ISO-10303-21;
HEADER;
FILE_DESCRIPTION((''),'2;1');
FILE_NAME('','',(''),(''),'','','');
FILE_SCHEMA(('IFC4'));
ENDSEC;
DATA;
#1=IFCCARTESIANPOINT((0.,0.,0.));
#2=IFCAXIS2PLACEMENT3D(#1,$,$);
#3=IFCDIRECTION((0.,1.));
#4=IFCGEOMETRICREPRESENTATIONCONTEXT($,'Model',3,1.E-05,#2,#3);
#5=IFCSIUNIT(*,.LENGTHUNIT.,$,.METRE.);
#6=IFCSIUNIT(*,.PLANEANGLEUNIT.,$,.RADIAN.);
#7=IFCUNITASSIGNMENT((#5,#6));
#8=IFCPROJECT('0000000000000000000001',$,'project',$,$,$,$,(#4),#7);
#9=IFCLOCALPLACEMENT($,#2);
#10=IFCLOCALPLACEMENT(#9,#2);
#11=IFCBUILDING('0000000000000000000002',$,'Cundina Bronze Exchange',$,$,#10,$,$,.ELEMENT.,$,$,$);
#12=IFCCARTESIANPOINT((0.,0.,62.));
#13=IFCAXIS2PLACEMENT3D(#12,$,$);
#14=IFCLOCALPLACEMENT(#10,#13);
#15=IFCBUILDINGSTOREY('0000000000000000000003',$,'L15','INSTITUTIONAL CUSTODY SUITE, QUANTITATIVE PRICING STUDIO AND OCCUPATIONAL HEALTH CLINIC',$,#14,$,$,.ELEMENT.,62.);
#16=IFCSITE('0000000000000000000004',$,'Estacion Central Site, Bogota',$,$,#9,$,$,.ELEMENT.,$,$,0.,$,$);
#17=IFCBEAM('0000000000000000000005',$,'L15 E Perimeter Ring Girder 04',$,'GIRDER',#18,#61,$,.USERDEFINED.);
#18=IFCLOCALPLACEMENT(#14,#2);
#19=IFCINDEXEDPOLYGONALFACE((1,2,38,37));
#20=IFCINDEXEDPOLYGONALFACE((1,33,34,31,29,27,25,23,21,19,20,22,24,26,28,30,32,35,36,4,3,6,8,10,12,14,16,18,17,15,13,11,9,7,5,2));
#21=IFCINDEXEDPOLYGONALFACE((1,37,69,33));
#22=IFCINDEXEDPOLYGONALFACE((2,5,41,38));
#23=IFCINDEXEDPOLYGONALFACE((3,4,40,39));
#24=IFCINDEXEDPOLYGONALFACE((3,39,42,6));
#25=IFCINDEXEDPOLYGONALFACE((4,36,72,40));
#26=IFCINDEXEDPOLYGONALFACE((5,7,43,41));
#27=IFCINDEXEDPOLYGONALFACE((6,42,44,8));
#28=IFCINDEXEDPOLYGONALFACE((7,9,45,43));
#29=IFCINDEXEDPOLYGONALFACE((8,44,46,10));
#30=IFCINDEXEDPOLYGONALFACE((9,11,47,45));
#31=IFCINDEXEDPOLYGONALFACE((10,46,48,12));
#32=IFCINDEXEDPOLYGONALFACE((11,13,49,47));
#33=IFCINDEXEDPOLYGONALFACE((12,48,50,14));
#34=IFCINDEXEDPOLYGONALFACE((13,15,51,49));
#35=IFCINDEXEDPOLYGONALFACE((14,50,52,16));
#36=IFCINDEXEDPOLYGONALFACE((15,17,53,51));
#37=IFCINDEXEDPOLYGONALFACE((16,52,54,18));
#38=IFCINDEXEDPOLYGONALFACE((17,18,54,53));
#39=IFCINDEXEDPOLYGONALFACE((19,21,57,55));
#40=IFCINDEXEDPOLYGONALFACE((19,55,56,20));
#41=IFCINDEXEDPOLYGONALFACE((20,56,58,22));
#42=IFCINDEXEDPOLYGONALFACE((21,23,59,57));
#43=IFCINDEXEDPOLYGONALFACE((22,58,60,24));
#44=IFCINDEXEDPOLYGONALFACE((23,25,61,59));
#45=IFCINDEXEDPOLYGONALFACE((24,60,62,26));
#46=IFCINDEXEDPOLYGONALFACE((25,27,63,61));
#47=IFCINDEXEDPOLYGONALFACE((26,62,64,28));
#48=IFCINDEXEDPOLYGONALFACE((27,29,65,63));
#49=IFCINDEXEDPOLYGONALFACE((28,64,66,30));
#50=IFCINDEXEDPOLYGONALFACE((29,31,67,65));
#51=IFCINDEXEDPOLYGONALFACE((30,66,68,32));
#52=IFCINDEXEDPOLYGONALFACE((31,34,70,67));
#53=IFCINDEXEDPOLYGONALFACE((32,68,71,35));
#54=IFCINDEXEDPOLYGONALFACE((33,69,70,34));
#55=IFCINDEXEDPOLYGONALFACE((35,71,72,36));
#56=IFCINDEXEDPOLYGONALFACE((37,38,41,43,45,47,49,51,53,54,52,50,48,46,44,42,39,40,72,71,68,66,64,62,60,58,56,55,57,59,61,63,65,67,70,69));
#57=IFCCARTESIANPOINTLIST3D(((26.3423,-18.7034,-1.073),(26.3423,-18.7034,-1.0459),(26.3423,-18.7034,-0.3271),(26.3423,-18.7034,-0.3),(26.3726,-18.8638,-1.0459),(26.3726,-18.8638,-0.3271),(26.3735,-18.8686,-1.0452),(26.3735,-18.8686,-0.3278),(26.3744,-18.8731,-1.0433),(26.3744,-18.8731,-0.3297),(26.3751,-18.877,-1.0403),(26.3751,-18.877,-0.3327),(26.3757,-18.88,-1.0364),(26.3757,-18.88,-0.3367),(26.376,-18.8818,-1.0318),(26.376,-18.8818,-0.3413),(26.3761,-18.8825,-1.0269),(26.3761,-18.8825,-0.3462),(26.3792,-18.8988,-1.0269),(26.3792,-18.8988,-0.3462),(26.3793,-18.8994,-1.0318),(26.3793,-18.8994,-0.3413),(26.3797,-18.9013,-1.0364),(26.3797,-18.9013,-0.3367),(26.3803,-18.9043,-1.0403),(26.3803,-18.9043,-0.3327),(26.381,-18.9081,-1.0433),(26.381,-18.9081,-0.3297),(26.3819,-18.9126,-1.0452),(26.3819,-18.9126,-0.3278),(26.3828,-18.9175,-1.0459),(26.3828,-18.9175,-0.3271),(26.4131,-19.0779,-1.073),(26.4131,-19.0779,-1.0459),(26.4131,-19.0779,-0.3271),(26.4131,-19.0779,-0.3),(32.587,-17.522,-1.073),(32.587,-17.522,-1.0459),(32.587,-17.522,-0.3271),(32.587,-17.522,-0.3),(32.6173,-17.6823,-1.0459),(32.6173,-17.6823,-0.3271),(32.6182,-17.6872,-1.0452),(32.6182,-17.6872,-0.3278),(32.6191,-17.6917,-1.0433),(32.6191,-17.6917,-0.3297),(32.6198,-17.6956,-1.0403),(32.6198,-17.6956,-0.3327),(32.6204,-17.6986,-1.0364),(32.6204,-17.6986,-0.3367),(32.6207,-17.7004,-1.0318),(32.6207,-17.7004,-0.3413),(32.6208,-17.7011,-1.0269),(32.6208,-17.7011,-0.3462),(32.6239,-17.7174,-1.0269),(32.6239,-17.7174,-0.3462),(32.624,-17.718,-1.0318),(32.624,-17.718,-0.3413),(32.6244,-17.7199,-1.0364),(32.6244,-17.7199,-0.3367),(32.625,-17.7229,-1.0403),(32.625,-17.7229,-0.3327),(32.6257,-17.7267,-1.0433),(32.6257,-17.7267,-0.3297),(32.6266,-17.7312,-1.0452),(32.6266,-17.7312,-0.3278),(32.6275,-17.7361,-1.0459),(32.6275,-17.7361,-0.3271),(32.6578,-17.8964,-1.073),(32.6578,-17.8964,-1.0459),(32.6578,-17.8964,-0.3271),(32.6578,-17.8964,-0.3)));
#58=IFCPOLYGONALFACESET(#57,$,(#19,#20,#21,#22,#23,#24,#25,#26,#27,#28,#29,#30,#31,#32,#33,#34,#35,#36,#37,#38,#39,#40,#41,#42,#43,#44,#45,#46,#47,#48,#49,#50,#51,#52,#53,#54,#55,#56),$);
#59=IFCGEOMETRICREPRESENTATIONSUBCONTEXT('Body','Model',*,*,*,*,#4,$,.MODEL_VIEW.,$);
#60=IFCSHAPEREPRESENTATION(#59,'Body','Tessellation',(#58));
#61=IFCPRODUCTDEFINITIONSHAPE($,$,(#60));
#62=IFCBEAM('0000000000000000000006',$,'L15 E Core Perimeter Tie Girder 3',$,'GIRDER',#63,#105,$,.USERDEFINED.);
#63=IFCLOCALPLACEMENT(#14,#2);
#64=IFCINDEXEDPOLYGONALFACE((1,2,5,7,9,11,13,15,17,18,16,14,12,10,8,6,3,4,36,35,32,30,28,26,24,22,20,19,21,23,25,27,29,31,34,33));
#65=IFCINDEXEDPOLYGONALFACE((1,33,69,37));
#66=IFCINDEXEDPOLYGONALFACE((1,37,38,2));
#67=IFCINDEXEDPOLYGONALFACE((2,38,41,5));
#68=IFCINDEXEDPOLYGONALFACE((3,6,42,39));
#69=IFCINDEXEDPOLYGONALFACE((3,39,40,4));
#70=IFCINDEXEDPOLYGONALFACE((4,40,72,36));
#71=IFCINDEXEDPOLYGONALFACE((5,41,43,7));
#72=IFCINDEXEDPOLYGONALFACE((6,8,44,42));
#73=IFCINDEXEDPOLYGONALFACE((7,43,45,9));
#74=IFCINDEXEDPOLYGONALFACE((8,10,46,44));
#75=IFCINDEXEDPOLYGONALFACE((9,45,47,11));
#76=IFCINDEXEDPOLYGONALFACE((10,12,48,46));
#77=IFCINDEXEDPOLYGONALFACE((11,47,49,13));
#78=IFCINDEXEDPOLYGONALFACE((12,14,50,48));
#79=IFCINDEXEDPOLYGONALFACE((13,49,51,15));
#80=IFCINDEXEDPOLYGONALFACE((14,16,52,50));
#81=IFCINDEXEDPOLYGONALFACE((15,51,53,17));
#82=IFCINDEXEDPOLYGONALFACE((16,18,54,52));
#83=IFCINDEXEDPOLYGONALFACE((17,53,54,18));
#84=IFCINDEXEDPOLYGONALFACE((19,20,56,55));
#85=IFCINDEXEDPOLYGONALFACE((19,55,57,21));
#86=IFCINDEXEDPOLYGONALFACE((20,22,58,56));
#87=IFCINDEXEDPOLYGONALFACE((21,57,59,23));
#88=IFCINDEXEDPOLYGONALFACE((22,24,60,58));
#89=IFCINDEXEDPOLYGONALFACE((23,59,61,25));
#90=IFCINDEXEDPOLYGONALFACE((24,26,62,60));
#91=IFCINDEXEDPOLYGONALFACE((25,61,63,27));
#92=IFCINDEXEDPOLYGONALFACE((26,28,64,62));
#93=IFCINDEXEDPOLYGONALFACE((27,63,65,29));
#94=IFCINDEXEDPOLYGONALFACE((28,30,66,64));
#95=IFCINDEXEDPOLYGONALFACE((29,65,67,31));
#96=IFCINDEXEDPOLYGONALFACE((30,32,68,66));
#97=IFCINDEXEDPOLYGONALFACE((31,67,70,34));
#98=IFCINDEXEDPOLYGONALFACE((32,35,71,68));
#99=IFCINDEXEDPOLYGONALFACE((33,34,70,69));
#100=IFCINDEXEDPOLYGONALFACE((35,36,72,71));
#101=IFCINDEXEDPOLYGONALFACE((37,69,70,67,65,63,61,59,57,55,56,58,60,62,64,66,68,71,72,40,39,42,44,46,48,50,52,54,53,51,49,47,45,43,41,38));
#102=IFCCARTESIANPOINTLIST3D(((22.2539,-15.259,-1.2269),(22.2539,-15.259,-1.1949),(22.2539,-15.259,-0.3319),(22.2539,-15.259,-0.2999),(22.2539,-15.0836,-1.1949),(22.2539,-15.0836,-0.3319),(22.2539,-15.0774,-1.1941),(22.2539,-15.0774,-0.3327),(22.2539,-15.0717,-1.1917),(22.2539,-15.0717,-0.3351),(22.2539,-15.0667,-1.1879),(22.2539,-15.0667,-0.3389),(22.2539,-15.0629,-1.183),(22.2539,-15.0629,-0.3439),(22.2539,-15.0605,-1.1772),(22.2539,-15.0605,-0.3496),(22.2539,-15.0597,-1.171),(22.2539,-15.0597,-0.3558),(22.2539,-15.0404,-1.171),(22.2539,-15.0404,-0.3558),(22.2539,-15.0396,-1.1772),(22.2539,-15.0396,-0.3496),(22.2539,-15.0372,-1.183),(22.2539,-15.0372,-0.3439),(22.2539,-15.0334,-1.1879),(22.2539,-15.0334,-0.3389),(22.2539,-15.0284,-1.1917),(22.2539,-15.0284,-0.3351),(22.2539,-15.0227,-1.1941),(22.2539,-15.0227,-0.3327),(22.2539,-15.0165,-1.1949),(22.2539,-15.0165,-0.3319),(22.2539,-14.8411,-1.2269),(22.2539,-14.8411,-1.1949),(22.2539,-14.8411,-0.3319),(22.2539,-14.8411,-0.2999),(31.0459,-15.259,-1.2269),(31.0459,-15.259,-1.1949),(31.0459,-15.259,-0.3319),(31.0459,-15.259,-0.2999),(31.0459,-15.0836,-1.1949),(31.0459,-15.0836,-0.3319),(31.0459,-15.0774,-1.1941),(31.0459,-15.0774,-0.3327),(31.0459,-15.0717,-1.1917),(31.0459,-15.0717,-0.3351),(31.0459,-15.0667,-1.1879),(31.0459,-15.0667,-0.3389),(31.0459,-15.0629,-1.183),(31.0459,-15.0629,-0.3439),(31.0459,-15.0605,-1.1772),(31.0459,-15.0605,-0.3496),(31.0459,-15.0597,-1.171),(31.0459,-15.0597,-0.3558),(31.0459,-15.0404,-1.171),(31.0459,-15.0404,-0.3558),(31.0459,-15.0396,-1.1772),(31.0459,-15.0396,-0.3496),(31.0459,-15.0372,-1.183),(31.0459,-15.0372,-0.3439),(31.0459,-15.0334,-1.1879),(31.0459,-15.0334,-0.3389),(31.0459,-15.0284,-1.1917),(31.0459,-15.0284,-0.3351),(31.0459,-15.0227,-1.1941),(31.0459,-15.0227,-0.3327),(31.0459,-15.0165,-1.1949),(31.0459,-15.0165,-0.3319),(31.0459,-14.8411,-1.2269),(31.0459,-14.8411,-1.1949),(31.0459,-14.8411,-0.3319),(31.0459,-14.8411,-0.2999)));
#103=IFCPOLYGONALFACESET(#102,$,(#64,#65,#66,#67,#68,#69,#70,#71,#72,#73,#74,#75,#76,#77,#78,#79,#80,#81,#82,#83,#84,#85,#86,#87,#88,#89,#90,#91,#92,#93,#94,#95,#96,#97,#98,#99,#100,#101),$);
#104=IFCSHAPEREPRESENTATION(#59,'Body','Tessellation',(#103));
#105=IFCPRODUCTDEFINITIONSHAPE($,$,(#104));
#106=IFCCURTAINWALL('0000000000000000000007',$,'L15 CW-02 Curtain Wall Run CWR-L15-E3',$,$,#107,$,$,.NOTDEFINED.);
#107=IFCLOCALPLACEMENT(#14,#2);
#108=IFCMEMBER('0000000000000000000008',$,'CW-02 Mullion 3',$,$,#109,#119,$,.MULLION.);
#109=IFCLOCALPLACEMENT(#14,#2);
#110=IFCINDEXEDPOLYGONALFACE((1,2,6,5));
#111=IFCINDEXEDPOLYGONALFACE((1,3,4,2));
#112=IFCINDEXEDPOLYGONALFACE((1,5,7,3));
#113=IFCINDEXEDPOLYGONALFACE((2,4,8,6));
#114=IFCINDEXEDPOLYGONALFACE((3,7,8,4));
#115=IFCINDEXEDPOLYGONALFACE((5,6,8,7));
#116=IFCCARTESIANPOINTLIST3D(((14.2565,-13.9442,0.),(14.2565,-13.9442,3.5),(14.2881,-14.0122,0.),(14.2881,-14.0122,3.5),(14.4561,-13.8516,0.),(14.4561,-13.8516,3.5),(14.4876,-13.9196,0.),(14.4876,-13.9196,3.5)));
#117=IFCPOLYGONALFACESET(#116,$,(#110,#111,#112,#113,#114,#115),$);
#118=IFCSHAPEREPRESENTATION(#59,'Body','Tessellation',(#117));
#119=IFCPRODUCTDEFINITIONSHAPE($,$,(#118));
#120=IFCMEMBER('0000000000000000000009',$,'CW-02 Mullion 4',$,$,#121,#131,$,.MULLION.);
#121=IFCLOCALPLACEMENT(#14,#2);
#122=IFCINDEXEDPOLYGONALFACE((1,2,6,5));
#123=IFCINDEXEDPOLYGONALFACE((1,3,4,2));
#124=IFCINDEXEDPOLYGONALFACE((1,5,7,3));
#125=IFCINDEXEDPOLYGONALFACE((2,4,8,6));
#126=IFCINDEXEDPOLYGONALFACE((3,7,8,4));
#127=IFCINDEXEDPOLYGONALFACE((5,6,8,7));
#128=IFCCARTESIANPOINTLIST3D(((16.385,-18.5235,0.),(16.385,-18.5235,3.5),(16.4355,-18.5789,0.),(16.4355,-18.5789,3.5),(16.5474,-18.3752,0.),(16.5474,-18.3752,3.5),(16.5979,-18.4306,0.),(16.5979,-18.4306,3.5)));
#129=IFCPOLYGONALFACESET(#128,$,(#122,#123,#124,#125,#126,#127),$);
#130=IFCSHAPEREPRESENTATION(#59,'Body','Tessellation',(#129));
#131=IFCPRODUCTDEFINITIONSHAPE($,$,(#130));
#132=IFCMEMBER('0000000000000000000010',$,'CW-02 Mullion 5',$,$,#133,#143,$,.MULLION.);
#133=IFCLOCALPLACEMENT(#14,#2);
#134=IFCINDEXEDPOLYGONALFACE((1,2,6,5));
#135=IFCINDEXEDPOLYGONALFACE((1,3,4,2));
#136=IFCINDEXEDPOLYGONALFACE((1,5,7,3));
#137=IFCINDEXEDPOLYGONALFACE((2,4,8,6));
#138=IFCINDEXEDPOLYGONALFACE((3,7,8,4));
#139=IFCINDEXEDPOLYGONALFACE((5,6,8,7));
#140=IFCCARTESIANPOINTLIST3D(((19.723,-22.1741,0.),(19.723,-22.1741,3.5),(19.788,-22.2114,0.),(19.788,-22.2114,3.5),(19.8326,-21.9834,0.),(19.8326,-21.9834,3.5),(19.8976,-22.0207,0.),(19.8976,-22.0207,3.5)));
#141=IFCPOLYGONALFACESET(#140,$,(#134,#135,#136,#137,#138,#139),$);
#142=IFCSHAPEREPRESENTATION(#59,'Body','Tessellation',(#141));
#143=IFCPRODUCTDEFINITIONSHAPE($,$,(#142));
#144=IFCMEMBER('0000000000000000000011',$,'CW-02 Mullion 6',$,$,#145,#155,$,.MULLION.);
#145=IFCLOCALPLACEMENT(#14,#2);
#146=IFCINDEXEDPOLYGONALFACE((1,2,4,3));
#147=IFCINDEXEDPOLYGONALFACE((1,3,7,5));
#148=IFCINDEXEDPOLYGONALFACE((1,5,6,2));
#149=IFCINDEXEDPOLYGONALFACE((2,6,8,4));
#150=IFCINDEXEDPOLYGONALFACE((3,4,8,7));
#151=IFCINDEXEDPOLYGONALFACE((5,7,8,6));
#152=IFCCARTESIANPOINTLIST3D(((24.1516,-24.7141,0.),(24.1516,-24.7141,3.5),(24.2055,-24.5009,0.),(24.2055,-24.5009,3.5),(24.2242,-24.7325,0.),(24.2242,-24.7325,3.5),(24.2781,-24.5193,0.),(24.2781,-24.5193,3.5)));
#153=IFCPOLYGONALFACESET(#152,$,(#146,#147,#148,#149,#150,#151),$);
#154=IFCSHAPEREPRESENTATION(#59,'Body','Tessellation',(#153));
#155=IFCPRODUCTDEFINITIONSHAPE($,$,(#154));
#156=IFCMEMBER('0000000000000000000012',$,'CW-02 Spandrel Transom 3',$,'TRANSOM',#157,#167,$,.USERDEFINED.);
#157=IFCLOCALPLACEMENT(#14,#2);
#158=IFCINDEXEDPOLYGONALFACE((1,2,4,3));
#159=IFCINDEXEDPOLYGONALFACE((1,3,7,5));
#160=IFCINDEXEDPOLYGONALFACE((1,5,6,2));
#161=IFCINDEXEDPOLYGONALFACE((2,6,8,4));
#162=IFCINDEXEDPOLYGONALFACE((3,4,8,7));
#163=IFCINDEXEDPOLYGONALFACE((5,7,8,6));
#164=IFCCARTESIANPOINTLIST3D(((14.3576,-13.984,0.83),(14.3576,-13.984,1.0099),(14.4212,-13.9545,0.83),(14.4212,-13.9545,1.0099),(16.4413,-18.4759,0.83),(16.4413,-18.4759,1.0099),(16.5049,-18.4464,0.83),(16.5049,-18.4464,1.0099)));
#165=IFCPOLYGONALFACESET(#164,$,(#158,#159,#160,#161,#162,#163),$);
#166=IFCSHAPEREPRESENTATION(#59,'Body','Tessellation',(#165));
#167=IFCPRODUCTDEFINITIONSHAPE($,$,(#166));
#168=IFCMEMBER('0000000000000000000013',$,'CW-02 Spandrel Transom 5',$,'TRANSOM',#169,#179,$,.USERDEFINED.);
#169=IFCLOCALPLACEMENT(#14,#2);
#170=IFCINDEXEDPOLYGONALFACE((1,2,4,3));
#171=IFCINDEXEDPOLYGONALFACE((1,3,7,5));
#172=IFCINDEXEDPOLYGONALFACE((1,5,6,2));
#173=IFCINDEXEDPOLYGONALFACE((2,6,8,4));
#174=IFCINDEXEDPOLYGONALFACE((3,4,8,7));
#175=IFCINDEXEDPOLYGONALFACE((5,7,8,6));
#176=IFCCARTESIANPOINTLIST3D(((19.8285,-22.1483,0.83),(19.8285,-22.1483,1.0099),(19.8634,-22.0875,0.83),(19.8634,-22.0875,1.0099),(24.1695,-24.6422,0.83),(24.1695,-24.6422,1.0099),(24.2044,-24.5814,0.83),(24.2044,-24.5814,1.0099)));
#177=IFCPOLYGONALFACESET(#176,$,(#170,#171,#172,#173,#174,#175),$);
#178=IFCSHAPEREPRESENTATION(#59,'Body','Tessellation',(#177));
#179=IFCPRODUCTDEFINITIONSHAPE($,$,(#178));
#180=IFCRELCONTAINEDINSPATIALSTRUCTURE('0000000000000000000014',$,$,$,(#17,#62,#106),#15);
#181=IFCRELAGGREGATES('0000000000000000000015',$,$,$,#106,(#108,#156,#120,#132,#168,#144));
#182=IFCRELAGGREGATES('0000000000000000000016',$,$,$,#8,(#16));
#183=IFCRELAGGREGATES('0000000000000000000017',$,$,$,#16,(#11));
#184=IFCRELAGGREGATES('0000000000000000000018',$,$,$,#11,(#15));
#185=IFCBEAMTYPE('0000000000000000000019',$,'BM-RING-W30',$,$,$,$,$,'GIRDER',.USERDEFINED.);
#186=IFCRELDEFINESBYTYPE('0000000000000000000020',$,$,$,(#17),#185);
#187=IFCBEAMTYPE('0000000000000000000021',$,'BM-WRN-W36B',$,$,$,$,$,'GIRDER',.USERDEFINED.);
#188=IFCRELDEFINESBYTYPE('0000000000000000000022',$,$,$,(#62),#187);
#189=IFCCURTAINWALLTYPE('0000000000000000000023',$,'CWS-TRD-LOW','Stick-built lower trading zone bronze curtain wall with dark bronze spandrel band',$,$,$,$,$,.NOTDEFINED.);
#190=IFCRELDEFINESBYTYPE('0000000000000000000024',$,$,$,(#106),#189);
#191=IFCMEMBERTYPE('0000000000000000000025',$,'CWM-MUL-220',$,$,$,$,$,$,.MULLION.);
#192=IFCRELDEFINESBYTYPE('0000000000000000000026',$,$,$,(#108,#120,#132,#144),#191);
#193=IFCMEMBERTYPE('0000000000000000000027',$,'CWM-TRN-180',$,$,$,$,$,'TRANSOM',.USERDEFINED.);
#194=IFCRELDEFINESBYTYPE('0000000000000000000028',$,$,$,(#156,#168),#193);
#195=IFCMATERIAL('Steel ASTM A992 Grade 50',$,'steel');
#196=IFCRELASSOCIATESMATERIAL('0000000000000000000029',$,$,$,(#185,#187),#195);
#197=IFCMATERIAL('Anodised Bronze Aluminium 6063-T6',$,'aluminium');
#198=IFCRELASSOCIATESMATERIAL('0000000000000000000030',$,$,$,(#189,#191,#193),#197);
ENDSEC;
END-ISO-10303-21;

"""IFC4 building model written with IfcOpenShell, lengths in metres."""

from ifc_helpers import new_model, si_unit, direction, frame, origin, origin_2d, place, context, subcontext, project, spatial, rectangle, i_section, extrude, material, material_profile, profile_set, type_object, element, aggregate, save


model = new_model("IFC4")

# Units and contexts
model_context = context("Model", 3, precision=1e-05, world=origin(), true_north=direction((0.0, 1.0)))
body_context = subcontext(model_context, "Body", "Model", "MODEL_VIEW")
ifc_project = project(units=[si_unit("LENGTHUNIT", "METRE"), si_unit("PLANEANGLEUNIT", "RADIAN")], contexts=[model_context])

# Site, building, storey
site_placement = place(None, origin())
site = spatial("IfcSite", under=ifc_project, at=site_placement, Name="Estacion Central Site, Bogota", CompositionType="ELEMENT", RefElevation=0.0)
building_placement = place(site_placement, origin())
building = spatial("IfcBuilding", under=site, at=building_placement, Name="Cundina Bronze Exchange", CompositionType="ELEMENT")
storey_placement = place(building_placement, frame((0.0, 0.0, 62.0)))
storey = spatial("IfcBuildingStorey", under=building, at=storey_placement, Name="L15", Description="INSTITUTIONAL CUSTODY SUITE, QUANTITATIVE PRICING STUDIO AND OCCUPATIONAL HEALTH CLINIC", CompositionType="ELEMENT", Elevation=62.0)

# Shared definitions
ifc_material_1 = material(Name="Steel ASTM A992 Grade 50", Category="steel")

# Beams
ifc_material_profile_1 = material_profile(ifc_material_1, i_section(OverallWidth=0.3811, OverallDepth=0.7729, WebThickness=0.0166, FlangeThickness=0.0271, FilletRadius=0.019, at=origin_2d()), Name="W30X173", Category="steel")
ifc_profile_set_1 = profile_set([ifc_material_profile_1], Name="Steel ASTM A992 Grade 50")
beam_type_1 = type_object("IfcBeamType", Name="BM-RING-W30", ElementType="GIRDER", PredefinedType="USERDEFINED", material=ifc_profile_set_1)
beam_1_placement = place(storey_placement, frame((26.3777, -18.8906, -0.6865), z_axis=(0.982571, 0.185889, 0.0), x_axis=(-0.185889, 0.982571, 0.0)))
element("IfcBeam", 1, at=beam_1_placement, inside=storey, type_object=beam_type_1, Name="L15 E Perimeter Ring Girder 04", ObjectType="GIRDER", PredefinedType="USERDEFINED", context=body_context, shape_type="SweptSolid", body=[
    extrude(i_section(OverallWidth=0.3811, OverallDepth=0.7729, WebThickness=0.0166, FlangeThickness=0.0271, FilletRadius=0.019, at=origin_2d()), origin(), (0.0, 0.0, 1.0), 6.3555),
])
ifc_material_profile_2 = material_profile(ifc_material_1, i_section(OverallWidth=0.418, OverallDepth=0.927, WebThickness=0.0193, FlangeThickness=0.032, FilletRadius=0.0239, at=origin_2d()), Name="W36X231", Category="steel")
ifc_profile_set_2 = profile_set([ifc_material_profile_2], Name="Steel ASTM A992 Grade 50")
beam_type_2 = type_object("IfcBeamType", Name="BM-WRN-W36B", ElementType="GIRDER", PredefinedType="USERDEFINED", material=ifc_profile_set_2)
beam_2_placement = place(storey_placement, frame((22.2539, -15.05, -0.7634), z_axis=(1.0, 0.0, 0.0), x_axis=(0.0, 1.0, 0.0)))
element("IfcBeam", 2, at=beam_2_placement, inside=storey, type_object=beam_type_2, Name="L15 E Core Perimeter Tie Girder 3", ObjectType="GIRDER", PredefinedType="USERDEFINED", context=body_context, shape_type="SweptSolid", body=[
    extrude(i_section(OverallWidth=0.418, OverallDepth=0.927, WebThickness=0.0193, FlangeThickness=0.032, FilletRadius=0.0239, at=origin_2d()), origin(), (0.0, 0.0, 1.0), 8.792),
])

# Curtain wall, members
ifc_material_2 = material(Name="Anodised Bronze Aluminium 6063-T6", Category="aluminium")
curtain_wall_type = type_object("IfcCurtainWallType", Name="CWS-TRD-LOW", Description="Stick-built lower trading zone bronze curtain wall with dark bronze spandrel band", PredefinedType="NOTDEFINED", material=ifc_material_2)
curtain_wall_placement = place(storey_placement, origin())
curtain_wall = element("IfcCurtainWall", 3, at=curtain_wall_placement, inside=storey, type_object=curtain_wall_type, Name="L15 CW-02 Curtain Wall Run CWR-L15-E3", PredefinedType="NOTDEFINED")
ifc_material_profile_3 = material_profile(ifc_material_2, rectangle(XDim=0.075, YDim=0.22, at=origin_2d()), Name="AL75X220", Category="aluminium")
ifc_profile_set_3 = profile_set([ifc_material_profile_3], Name="Anodised Bronze Aluminium 6063-T6")
member_type_1 = type_object("IfcMemberType", Name="CWM-MUL-220", PredefinedType="MULLION", material=ifc_profile_set_3)
member_1_placement = place(storey_placement, frame((14.3721, -13.9319, 0.0), z_axis=(0.0, 0.0, 1.0), x_axis=(0.420877, -0.907117, 0.0)))
member_1 = element("IfcMember", 4, at=member_1_placement, type_object=member_type_1, Name="CW-02 Mullion 3", PredefinedType="MULLION", context=body_context, shape_type="SweptSolid", body=[
    extrude(rectangle(XDim=0.075, YDim=0.22, at=origin_2d()), origin(), (0.0, 0.0, 1.0), 3.5),
])
member_2_placement = place(storey_placement, frame((16.4915, -18.4771, 0.0), z_axis=(0.0, 0.0, 1.0), x_axis=(0.674302, -0.738455, 0.0)))
member_2 = element("IfcMember", 5, at=member_2_placement, type_object=member_type_1, Name="CW-02 Mullion 4", PredefinedType="MULLION", context=body_context, shape_type="SweptSolid", body=[
    extrude(rectangle(XDim=0.075, YDim=0.22, at=origin_2d()), origin(), (0.0, 0.0, 1.0), 3.5),
])
member_3_placement = place(storey_placement, frame((19.8103, -22.0974, 0.0), z_axis=(0.0, 0.0, 1.0), x_axis=(0.867071, -0.498185, 0.0)))
member_3 = element("IfcMember", 6, at=member_3_placement, type_object=member_type_1, Name="CW-02 Mullion 5", PredefinedType="MULLION", context=body_context, shape_type="SweptSolid", body=[
    extrude(rectangle(XDim=0.075, YDim=0.22, at=origin_2d()), origin(), (0.0, 0.0, 1.0), 3.5),
])
member_4_placement = place(storey_placement, frame((24.2148, -24.6167, 0.0), z_axis=(0.0, 0.0, 1.0), x_axis=(0.969488, -0.245138, 0.0)))
member_4 = element("IfcMember", 7, at=member_4_placement, type_object=member_type_1, Name="CW-02 Mullion 6", PredefinedType="MULLION", context=body_context, shape_type="SweptSolid", body=[
    extrude(rectangle(XDim=0.075, YDim=0.22, at=origin_2d()), origin(), (0.0, 0.0, 1.0), 3.5),
])
ifc_material_profile_4 = material_profile(ifc_material_2, rectangle(XDim=0.0701, YDim=0.1799, at=origin_2d()), Name="AL70X180", Category="aluminium")
ifc_profile_set_4 = profile_set([ifc_material_profile_4], Name="Anodised Bronze Aluminium 6063-T6")
member_type_2 = type_object("IfcMemberType", Name="CWM-TRN-180", ElementType="TRANSOM", PredefinedType="USERDEFINED", material=ifc_profile_set_4)
member_5_placement = place(storey_placement, frame((14.3894, -13.9692, 0.9199), z_axis=(0.420811, -0.907148, 0.0), x_axis=(0.907148, 0.420811, 0.0)))
member_5 = element("IfcMember", 8, at=member_5_placement, type_object=member_type_2, Name="CW-02 Spandrel Transom 3", ObjectType="TRANSOM", PredefinedType="USERDEFINED", context=body_context, shape_type="SweptSolid", body=[
    extrude(rectangle(XDim=0.0701, YDim=0.1799, at=origin_2d()), origin(), (0.0, 0.0, 1.0), 4.9517),
])
member_6_placement = place(storey_placement, frame((19.8459, -22.1179, 0.9199), z_axis=(0.867097, -0.498139, 0.0), x_axis=(0.498139, 0.867097, 0.0)))
member_6 = element("IfcMember", 9, at=member_6_placement, type_object=member_type_2, Name="CW-02 Spandrel Transom 5", ObjectType="TRANSOM", PredefinedType="USERDEFINED", context=body_context, shape_type="SweptSolid", body=[
    extrude(rectangle(XDim=0.0701, YDim=0.1799, at=origin_2d()), origin(), (0.0, 0.0, 1.0), 5.0063),
])
aggregate(curtain_wall, [member_1, member_5, member_2, member_3, member_6, member_4])

save(model, "model.ifc")
